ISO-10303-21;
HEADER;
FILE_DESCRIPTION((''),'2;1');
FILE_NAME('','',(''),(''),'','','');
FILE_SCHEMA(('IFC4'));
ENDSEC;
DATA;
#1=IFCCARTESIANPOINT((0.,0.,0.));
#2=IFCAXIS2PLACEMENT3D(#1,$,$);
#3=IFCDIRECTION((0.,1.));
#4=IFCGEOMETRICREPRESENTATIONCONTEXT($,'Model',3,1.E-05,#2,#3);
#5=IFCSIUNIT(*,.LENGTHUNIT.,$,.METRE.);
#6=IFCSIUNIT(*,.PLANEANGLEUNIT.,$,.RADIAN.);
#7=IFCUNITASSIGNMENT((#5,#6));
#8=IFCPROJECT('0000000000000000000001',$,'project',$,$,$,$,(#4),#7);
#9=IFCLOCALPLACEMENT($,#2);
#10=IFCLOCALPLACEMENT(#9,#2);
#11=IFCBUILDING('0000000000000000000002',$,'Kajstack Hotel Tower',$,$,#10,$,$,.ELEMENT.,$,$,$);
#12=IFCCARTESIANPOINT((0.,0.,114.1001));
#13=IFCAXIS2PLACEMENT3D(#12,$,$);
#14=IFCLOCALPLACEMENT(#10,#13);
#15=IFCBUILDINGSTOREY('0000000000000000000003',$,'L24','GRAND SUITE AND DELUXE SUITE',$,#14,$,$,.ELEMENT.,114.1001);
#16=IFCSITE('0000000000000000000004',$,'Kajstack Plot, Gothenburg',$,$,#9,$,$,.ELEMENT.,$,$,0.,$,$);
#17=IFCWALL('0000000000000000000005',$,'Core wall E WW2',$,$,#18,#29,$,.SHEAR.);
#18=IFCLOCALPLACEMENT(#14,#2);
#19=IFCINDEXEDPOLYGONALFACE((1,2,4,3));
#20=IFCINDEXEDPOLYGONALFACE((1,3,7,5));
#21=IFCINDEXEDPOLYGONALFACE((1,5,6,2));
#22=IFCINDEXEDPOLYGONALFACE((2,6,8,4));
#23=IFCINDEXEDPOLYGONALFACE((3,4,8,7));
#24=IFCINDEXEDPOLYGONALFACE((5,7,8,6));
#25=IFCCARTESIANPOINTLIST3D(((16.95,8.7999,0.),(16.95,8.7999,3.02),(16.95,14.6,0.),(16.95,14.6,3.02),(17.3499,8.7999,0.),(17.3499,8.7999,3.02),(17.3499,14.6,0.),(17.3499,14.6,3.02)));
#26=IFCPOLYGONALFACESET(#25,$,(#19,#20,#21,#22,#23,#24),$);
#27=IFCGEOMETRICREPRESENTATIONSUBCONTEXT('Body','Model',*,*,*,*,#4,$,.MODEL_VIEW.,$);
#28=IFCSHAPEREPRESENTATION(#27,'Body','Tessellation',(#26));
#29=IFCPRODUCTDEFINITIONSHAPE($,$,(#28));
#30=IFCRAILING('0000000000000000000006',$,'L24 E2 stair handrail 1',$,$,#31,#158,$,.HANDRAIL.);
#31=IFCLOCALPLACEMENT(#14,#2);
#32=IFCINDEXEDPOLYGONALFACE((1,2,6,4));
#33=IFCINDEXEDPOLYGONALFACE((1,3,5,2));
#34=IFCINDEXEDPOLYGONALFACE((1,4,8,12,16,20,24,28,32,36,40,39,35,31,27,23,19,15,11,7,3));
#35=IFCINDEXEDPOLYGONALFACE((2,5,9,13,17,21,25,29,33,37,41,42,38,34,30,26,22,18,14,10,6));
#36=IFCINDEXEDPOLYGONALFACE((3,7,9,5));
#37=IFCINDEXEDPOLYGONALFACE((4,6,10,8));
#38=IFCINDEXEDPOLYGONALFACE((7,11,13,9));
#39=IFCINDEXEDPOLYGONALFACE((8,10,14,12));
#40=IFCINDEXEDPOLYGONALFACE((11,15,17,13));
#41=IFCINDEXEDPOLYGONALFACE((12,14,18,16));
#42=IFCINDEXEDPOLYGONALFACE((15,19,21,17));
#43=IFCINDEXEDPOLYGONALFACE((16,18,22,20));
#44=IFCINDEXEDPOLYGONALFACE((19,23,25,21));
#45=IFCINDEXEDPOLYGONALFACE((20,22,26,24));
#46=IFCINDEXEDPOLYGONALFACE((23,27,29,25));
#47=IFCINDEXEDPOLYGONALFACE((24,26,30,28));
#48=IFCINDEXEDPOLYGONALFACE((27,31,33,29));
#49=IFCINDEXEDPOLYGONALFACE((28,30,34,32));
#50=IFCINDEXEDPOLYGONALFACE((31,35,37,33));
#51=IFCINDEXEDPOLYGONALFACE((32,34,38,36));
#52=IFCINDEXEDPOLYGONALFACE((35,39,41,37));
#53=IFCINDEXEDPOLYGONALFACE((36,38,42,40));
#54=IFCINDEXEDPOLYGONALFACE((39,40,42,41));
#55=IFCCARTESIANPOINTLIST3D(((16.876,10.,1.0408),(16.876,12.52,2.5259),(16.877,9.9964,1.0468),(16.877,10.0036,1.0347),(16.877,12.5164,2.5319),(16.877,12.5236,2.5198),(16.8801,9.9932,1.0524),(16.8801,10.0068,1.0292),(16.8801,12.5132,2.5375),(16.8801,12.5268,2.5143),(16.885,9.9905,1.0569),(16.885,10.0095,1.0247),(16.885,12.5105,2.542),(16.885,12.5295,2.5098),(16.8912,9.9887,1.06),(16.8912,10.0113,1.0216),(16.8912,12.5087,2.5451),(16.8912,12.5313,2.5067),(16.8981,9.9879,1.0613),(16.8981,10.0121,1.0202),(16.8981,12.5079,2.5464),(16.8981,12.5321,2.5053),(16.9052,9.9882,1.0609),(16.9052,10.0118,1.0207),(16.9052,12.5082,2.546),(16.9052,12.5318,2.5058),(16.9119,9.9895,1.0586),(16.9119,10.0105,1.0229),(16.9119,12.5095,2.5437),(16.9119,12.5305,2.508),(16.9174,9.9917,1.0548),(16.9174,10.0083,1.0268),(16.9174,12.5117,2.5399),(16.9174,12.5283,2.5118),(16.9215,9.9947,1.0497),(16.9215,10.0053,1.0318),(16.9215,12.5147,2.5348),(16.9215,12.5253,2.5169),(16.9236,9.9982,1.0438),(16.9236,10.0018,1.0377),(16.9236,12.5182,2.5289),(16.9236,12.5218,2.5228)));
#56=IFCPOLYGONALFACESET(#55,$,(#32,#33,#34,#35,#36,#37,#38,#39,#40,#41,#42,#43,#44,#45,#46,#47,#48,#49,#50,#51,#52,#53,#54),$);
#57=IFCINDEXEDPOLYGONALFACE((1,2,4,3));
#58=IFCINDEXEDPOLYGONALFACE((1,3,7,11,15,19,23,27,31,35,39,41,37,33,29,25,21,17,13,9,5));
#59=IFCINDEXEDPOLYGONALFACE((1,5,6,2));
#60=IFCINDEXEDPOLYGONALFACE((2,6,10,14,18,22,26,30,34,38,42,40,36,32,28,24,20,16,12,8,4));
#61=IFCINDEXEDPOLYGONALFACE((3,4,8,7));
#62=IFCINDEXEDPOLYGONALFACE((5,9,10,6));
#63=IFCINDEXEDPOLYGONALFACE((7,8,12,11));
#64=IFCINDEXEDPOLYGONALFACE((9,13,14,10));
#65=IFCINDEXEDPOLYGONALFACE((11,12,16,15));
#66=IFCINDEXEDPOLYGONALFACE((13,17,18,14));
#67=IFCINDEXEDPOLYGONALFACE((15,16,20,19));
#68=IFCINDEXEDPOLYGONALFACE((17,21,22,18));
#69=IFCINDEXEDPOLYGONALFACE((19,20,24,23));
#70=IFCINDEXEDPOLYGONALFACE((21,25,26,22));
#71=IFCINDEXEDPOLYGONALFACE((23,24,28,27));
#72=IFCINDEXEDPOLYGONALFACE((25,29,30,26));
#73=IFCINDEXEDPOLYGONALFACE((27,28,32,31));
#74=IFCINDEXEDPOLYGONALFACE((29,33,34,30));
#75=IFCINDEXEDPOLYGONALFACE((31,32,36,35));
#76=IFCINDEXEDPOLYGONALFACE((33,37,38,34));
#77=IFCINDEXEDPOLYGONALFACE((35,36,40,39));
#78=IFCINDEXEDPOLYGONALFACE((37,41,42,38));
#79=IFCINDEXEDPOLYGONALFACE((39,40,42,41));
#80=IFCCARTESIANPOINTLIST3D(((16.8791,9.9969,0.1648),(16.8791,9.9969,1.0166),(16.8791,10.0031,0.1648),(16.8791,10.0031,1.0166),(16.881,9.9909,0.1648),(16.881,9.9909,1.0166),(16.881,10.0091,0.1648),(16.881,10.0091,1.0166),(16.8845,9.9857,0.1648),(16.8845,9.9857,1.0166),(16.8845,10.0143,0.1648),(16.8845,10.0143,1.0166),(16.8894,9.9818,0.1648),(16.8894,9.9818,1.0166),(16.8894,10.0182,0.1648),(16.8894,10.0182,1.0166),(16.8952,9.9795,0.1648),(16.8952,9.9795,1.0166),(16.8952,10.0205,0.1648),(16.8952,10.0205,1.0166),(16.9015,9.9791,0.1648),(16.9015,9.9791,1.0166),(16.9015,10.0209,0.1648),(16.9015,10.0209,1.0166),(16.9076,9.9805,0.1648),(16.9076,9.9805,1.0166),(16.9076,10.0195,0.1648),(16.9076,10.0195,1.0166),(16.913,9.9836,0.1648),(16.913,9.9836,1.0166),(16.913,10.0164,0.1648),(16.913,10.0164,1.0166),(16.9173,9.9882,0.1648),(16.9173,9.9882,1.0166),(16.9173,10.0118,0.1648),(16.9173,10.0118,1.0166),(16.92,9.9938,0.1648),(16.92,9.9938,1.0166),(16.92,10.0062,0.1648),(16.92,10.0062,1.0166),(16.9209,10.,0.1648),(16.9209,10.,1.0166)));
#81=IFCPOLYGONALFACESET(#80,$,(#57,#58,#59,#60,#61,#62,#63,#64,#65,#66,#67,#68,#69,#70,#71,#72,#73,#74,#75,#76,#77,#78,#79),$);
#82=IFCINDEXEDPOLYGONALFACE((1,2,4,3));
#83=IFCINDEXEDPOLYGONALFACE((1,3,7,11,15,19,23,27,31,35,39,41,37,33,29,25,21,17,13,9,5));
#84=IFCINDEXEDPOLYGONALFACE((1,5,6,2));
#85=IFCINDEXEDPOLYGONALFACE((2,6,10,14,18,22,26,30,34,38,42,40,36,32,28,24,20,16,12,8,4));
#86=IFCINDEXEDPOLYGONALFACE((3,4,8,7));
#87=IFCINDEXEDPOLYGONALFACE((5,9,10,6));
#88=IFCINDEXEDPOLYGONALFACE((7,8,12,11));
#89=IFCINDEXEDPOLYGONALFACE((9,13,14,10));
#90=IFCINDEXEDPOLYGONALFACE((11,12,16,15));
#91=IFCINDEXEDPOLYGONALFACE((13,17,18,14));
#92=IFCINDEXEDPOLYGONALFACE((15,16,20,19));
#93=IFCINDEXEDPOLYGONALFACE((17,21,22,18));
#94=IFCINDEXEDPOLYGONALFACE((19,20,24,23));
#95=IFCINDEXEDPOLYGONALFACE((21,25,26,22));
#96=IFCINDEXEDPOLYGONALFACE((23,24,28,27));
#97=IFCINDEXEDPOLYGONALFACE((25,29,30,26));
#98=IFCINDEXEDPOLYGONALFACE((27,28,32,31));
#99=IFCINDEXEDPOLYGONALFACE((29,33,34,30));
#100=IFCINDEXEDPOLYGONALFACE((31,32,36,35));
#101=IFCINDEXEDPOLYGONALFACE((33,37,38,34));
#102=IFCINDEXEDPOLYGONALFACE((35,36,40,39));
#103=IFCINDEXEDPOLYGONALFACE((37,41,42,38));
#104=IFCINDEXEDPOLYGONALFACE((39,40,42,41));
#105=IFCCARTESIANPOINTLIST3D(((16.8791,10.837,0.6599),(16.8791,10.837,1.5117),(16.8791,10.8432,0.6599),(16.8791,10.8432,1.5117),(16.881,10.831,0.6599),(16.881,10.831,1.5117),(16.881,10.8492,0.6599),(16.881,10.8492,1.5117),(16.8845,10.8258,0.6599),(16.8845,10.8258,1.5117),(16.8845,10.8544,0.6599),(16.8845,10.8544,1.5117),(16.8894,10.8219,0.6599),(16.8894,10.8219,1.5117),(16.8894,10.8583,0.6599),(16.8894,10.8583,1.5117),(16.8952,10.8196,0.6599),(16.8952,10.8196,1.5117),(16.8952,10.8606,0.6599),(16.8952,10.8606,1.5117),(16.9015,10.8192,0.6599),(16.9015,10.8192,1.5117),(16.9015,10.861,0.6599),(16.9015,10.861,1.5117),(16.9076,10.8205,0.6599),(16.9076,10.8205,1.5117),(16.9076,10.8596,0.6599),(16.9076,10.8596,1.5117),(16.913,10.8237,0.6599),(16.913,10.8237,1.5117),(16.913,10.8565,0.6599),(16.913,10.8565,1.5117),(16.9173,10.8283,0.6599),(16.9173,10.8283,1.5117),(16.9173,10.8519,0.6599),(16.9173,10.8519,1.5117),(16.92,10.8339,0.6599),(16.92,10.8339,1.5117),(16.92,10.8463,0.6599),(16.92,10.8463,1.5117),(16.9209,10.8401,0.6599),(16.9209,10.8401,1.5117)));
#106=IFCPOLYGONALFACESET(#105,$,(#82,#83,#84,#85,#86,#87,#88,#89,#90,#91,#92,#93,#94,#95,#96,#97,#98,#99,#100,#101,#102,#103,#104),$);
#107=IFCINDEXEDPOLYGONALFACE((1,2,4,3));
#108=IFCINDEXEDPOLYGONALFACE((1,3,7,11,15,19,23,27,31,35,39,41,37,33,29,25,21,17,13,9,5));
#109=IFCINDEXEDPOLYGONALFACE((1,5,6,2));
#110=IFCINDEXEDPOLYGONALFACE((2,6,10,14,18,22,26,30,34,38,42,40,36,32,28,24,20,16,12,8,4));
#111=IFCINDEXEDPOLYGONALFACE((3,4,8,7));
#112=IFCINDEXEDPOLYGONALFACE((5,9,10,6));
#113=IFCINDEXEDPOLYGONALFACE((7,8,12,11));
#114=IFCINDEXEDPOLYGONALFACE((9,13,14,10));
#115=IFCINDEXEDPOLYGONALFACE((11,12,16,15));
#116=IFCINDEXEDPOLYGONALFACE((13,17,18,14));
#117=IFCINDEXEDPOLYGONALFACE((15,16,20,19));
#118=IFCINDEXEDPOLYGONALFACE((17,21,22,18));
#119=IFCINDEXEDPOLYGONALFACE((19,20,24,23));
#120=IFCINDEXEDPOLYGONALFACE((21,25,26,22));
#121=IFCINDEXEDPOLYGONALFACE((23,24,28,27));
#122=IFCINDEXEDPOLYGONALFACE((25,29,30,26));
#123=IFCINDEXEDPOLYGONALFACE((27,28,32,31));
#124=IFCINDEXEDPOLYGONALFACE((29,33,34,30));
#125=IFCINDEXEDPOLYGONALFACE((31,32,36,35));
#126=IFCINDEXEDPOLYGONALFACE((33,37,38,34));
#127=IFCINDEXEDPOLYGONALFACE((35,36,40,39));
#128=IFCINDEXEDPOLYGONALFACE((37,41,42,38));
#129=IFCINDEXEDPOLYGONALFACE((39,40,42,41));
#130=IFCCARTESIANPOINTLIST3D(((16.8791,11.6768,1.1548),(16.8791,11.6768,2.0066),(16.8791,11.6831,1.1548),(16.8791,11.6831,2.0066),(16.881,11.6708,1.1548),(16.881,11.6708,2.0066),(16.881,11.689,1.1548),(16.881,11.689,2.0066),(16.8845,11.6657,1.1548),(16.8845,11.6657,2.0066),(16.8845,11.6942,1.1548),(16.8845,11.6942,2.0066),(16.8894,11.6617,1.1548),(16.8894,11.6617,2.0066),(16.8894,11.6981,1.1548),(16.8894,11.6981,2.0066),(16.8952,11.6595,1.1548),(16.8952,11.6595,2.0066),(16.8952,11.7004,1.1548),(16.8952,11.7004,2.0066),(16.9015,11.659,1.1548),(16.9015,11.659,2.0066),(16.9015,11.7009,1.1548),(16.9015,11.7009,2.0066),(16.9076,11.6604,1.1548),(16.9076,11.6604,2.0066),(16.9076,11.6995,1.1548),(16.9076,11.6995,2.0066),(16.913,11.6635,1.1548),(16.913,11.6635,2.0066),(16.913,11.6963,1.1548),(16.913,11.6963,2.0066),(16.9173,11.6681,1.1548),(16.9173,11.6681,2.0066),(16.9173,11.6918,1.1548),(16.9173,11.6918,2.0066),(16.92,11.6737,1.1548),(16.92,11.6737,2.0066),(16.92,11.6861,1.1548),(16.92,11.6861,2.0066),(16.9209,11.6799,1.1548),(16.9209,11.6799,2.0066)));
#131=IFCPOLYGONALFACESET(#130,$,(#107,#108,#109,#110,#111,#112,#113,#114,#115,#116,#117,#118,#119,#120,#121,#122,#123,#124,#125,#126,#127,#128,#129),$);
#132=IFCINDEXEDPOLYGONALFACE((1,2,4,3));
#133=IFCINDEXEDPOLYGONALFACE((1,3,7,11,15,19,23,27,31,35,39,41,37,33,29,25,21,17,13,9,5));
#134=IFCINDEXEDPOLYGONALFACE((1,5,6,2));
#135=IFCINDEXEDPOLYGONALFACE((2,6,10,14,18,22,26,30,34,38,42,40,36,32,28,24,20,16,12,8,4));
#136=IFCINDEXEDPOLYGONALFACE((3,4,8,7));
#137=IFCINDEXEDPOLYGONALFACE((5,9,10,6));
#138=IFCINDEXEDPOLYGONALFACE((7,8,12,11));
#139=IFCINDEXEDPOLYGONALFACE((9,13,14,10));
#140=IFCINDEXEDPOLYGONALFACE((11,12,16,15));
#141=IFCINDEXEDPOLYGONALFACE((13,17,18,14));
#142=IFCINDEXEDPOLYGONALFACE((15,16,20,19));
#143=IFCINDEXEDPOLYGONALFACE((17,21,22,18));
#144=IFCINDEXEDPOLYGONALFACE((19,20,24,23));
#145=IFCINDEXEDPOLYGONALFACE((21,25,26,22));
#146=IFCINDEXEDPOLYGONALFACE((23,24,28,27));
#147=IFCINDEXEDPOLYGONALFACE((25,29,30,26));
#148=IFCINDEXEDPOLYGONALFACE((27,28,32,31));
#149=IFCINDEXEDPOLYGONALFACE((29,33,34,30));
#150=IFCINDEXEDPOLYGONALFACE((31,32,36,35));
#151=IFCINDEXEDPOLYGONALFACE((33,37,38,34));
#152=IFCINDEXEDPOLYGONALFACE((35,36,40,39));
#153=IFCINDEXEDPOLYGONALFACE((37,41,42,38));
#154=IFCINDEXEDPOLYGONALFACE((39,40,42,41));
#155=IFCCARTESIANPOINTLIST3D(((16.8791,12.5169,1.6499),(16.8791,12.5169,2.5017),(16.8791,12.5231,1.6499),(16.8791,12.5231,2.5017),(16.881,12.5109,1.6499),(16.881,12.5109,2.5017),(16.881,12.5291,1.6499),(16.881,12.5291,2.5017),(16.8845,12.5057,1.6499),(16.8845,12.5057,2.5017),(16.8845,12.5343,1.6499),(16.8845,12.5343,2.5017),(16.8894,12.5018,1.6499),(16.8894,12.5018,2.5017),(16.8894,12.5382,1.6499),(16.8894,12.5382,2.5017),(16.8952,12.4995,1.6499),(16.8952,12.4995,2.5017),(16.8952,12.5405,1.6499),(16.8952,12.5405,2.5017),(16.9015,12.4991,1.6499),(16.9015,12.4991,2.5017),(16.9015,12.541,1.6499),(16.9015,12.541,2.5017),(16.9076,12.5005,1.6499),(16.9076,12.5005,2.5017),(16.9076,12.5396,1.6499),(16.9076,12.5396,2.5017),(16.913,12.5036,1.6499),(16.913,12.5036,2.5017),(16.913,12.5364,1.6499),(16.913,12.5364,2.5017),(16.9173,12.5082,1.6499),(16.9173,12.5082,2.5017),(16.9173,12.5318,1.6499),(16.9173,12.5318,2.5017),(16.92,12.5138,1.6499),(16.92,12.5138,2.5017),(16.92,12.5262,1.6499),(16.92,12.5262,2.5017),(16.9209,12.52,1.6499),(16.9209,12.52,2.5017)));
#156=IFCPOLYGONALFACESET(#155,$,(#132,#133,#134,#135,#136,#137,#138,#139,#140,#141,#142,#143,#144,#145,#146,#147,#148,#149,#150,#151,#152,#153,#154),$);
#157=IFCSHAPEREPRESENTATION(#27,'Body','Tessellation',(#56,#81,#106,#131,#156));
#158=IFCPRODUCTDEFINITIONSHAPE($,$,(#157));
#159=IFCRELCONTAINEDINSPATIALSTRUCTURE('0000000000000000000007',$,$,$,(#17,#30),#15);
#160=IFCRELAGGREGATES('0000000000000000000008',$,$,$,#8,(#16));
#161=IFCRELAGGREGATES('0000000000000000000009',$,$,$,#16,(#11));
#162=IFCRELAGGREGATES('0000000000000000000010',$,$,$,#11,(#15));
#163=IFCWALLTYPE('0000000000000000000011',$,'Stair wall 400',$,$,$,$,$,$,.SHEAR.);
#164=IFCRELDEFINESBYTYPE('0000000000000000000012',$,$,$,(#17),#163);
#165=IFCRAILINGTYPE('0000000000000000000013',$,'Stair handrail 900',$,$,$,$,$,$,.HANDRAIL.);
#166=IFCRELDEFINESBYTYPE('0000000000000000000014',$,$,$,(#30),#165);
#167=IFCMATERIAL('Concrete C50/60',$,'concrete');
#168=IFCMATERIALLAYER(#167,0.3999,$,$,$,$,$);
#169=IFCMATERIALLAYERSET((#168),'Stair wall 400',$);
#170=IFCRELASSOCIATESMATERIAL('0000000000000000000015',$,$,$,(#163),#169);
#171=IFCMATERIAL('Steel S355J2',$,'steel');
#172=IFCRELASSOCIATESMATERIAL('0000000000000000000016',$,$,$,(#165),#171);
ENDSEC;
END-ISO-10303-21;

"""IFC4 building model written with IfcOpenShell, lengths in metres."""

from ifc_helpers import new_model, si_unit, direction, frame, frame_2d, origin, origin_2d, place, context, subcontext, project, spatial, rectangle, circle, extrude, material, layer, layer_set, type_object, element, save


model = new_model("IFC4")

# Units and contexts
model_context = context("Model", 3, precision=1e-05, world=origin(), true_north=direction((0.0, 1.0)))
body_context = subcontext(model_context, "Body", "Model", "MODEL_VIEW")
ifc_project = project(units=[si_unit("LENGTHUNIT", "METRE"), si_unit("PLANEANGLEUNIT", "RADIAN")], contexts=[model_context])

# Site, building, storey
site_placement = place(None, origin())
site = spatial("IfcSite", under=ifc_project, at=site_placement, Name="Kajstack Plot, Gothenburg", CompositionType="ELEMENT", RefElevation=0.0)
building_placement = place(site_placement, origin())
building = spatial("IfcBuilding", under=site, at=building_placement, Name="Kajstack Hotel Tower", CompositionType="ELEMENT")
storey_placement = place(building_placement, frame((0.0, 0.0, 114.1001)))
storey = spatial("IfcBuildingStorey", under=building, at=storey_placement, Name="L24", Description="GRAND SUITE AND DELUXE SUITE", CompositionType="ELEMENT", Elevation=114.1001)

# Shared definitions
ifc_material_1 = material(Name="Concrete C50/60", Category="concrete")

# Wall
ifc_layer_1 = layer(ifc_material_1, 0.3999)
ifc_layer_set_1 = layer_set([ifc_layer_1], Name="Stair wall 400")
wall_type_1 = type_object("IfcWallType", Name="Stair wall 400", PredefinedType="SHEAR", material=ifc_layer_set_1)
wall_1_placement = place(storey_placement, frame((17.1499, 8.8, 0.0), z_axis=(0.0, 0.0, 1.0), x_axis=(0.0, 1.0, 0.0)))
element("IfcWall", 1, at=wall_1_placement, inside=storey, type_object=wall_type_1, Name="Core wall E WW2", PredefinedType="SHEAR", context=body_context, shape_type="SweptSolid", body=[
    extrude(rectangle(XDim=5.8, YDim=0.3999, at=frame_2d((2.8999, 0.0))), origin(), (0.0, 0.0, 1.0), 3.02),
])

# Railing
ifc_material_2 = material(Name="Steel S355J2", Category="steel")
railing_type_1 = type_object("IfcRailingType", Name="Stair handrail 900", PredefinedType="HANDRAIL", material=ifc_material_2)
railing_1_placement = place(storey_placement, frame((16.8999, 10.0, 0.1648)))
element("IfcRailing", 2, at=railing_1_placement, inside=storey, type_object=railing_type_1, Name="L24 E2 stair handrail 1", PredefinedType="HANDRAIL", context=body_context, shape_type="SweptSolid", body=[
    extrude(circle(Radius=0.0239, at=origin_2d()), frame((0.0, 0.0, 0.876), z_axis=(0.0, 0.861524, 0.507717), x_axis=(-1.0, 0.0, 0.0)), (0.0, 0.0, 1.0), 2.925),
    extrude(circle(Radius=0.021, at=origin_2d()), origin(), (0.0, 0.0, 1.0), 0.8518),
    extrude(circle(Radius=0.021, at=origin_2d()), frame((0.0, 0.8401, 0.4951)), (0.0, 0.0, 1.0), 0.8518),
    extrude(circle(Radius=0.021, at=origin_2d()), frame((0.0, 1.6799, 0.99)), (0.0, 0.0, 1.0), 0.8518),
    extrude(circle(Radius=0.021, at=origin_2d()), frame((0.0, 2.52, 1.4851)), (0.0, 0.0, 1.0), 0.8518),
])

save(model, "model.ifc")
